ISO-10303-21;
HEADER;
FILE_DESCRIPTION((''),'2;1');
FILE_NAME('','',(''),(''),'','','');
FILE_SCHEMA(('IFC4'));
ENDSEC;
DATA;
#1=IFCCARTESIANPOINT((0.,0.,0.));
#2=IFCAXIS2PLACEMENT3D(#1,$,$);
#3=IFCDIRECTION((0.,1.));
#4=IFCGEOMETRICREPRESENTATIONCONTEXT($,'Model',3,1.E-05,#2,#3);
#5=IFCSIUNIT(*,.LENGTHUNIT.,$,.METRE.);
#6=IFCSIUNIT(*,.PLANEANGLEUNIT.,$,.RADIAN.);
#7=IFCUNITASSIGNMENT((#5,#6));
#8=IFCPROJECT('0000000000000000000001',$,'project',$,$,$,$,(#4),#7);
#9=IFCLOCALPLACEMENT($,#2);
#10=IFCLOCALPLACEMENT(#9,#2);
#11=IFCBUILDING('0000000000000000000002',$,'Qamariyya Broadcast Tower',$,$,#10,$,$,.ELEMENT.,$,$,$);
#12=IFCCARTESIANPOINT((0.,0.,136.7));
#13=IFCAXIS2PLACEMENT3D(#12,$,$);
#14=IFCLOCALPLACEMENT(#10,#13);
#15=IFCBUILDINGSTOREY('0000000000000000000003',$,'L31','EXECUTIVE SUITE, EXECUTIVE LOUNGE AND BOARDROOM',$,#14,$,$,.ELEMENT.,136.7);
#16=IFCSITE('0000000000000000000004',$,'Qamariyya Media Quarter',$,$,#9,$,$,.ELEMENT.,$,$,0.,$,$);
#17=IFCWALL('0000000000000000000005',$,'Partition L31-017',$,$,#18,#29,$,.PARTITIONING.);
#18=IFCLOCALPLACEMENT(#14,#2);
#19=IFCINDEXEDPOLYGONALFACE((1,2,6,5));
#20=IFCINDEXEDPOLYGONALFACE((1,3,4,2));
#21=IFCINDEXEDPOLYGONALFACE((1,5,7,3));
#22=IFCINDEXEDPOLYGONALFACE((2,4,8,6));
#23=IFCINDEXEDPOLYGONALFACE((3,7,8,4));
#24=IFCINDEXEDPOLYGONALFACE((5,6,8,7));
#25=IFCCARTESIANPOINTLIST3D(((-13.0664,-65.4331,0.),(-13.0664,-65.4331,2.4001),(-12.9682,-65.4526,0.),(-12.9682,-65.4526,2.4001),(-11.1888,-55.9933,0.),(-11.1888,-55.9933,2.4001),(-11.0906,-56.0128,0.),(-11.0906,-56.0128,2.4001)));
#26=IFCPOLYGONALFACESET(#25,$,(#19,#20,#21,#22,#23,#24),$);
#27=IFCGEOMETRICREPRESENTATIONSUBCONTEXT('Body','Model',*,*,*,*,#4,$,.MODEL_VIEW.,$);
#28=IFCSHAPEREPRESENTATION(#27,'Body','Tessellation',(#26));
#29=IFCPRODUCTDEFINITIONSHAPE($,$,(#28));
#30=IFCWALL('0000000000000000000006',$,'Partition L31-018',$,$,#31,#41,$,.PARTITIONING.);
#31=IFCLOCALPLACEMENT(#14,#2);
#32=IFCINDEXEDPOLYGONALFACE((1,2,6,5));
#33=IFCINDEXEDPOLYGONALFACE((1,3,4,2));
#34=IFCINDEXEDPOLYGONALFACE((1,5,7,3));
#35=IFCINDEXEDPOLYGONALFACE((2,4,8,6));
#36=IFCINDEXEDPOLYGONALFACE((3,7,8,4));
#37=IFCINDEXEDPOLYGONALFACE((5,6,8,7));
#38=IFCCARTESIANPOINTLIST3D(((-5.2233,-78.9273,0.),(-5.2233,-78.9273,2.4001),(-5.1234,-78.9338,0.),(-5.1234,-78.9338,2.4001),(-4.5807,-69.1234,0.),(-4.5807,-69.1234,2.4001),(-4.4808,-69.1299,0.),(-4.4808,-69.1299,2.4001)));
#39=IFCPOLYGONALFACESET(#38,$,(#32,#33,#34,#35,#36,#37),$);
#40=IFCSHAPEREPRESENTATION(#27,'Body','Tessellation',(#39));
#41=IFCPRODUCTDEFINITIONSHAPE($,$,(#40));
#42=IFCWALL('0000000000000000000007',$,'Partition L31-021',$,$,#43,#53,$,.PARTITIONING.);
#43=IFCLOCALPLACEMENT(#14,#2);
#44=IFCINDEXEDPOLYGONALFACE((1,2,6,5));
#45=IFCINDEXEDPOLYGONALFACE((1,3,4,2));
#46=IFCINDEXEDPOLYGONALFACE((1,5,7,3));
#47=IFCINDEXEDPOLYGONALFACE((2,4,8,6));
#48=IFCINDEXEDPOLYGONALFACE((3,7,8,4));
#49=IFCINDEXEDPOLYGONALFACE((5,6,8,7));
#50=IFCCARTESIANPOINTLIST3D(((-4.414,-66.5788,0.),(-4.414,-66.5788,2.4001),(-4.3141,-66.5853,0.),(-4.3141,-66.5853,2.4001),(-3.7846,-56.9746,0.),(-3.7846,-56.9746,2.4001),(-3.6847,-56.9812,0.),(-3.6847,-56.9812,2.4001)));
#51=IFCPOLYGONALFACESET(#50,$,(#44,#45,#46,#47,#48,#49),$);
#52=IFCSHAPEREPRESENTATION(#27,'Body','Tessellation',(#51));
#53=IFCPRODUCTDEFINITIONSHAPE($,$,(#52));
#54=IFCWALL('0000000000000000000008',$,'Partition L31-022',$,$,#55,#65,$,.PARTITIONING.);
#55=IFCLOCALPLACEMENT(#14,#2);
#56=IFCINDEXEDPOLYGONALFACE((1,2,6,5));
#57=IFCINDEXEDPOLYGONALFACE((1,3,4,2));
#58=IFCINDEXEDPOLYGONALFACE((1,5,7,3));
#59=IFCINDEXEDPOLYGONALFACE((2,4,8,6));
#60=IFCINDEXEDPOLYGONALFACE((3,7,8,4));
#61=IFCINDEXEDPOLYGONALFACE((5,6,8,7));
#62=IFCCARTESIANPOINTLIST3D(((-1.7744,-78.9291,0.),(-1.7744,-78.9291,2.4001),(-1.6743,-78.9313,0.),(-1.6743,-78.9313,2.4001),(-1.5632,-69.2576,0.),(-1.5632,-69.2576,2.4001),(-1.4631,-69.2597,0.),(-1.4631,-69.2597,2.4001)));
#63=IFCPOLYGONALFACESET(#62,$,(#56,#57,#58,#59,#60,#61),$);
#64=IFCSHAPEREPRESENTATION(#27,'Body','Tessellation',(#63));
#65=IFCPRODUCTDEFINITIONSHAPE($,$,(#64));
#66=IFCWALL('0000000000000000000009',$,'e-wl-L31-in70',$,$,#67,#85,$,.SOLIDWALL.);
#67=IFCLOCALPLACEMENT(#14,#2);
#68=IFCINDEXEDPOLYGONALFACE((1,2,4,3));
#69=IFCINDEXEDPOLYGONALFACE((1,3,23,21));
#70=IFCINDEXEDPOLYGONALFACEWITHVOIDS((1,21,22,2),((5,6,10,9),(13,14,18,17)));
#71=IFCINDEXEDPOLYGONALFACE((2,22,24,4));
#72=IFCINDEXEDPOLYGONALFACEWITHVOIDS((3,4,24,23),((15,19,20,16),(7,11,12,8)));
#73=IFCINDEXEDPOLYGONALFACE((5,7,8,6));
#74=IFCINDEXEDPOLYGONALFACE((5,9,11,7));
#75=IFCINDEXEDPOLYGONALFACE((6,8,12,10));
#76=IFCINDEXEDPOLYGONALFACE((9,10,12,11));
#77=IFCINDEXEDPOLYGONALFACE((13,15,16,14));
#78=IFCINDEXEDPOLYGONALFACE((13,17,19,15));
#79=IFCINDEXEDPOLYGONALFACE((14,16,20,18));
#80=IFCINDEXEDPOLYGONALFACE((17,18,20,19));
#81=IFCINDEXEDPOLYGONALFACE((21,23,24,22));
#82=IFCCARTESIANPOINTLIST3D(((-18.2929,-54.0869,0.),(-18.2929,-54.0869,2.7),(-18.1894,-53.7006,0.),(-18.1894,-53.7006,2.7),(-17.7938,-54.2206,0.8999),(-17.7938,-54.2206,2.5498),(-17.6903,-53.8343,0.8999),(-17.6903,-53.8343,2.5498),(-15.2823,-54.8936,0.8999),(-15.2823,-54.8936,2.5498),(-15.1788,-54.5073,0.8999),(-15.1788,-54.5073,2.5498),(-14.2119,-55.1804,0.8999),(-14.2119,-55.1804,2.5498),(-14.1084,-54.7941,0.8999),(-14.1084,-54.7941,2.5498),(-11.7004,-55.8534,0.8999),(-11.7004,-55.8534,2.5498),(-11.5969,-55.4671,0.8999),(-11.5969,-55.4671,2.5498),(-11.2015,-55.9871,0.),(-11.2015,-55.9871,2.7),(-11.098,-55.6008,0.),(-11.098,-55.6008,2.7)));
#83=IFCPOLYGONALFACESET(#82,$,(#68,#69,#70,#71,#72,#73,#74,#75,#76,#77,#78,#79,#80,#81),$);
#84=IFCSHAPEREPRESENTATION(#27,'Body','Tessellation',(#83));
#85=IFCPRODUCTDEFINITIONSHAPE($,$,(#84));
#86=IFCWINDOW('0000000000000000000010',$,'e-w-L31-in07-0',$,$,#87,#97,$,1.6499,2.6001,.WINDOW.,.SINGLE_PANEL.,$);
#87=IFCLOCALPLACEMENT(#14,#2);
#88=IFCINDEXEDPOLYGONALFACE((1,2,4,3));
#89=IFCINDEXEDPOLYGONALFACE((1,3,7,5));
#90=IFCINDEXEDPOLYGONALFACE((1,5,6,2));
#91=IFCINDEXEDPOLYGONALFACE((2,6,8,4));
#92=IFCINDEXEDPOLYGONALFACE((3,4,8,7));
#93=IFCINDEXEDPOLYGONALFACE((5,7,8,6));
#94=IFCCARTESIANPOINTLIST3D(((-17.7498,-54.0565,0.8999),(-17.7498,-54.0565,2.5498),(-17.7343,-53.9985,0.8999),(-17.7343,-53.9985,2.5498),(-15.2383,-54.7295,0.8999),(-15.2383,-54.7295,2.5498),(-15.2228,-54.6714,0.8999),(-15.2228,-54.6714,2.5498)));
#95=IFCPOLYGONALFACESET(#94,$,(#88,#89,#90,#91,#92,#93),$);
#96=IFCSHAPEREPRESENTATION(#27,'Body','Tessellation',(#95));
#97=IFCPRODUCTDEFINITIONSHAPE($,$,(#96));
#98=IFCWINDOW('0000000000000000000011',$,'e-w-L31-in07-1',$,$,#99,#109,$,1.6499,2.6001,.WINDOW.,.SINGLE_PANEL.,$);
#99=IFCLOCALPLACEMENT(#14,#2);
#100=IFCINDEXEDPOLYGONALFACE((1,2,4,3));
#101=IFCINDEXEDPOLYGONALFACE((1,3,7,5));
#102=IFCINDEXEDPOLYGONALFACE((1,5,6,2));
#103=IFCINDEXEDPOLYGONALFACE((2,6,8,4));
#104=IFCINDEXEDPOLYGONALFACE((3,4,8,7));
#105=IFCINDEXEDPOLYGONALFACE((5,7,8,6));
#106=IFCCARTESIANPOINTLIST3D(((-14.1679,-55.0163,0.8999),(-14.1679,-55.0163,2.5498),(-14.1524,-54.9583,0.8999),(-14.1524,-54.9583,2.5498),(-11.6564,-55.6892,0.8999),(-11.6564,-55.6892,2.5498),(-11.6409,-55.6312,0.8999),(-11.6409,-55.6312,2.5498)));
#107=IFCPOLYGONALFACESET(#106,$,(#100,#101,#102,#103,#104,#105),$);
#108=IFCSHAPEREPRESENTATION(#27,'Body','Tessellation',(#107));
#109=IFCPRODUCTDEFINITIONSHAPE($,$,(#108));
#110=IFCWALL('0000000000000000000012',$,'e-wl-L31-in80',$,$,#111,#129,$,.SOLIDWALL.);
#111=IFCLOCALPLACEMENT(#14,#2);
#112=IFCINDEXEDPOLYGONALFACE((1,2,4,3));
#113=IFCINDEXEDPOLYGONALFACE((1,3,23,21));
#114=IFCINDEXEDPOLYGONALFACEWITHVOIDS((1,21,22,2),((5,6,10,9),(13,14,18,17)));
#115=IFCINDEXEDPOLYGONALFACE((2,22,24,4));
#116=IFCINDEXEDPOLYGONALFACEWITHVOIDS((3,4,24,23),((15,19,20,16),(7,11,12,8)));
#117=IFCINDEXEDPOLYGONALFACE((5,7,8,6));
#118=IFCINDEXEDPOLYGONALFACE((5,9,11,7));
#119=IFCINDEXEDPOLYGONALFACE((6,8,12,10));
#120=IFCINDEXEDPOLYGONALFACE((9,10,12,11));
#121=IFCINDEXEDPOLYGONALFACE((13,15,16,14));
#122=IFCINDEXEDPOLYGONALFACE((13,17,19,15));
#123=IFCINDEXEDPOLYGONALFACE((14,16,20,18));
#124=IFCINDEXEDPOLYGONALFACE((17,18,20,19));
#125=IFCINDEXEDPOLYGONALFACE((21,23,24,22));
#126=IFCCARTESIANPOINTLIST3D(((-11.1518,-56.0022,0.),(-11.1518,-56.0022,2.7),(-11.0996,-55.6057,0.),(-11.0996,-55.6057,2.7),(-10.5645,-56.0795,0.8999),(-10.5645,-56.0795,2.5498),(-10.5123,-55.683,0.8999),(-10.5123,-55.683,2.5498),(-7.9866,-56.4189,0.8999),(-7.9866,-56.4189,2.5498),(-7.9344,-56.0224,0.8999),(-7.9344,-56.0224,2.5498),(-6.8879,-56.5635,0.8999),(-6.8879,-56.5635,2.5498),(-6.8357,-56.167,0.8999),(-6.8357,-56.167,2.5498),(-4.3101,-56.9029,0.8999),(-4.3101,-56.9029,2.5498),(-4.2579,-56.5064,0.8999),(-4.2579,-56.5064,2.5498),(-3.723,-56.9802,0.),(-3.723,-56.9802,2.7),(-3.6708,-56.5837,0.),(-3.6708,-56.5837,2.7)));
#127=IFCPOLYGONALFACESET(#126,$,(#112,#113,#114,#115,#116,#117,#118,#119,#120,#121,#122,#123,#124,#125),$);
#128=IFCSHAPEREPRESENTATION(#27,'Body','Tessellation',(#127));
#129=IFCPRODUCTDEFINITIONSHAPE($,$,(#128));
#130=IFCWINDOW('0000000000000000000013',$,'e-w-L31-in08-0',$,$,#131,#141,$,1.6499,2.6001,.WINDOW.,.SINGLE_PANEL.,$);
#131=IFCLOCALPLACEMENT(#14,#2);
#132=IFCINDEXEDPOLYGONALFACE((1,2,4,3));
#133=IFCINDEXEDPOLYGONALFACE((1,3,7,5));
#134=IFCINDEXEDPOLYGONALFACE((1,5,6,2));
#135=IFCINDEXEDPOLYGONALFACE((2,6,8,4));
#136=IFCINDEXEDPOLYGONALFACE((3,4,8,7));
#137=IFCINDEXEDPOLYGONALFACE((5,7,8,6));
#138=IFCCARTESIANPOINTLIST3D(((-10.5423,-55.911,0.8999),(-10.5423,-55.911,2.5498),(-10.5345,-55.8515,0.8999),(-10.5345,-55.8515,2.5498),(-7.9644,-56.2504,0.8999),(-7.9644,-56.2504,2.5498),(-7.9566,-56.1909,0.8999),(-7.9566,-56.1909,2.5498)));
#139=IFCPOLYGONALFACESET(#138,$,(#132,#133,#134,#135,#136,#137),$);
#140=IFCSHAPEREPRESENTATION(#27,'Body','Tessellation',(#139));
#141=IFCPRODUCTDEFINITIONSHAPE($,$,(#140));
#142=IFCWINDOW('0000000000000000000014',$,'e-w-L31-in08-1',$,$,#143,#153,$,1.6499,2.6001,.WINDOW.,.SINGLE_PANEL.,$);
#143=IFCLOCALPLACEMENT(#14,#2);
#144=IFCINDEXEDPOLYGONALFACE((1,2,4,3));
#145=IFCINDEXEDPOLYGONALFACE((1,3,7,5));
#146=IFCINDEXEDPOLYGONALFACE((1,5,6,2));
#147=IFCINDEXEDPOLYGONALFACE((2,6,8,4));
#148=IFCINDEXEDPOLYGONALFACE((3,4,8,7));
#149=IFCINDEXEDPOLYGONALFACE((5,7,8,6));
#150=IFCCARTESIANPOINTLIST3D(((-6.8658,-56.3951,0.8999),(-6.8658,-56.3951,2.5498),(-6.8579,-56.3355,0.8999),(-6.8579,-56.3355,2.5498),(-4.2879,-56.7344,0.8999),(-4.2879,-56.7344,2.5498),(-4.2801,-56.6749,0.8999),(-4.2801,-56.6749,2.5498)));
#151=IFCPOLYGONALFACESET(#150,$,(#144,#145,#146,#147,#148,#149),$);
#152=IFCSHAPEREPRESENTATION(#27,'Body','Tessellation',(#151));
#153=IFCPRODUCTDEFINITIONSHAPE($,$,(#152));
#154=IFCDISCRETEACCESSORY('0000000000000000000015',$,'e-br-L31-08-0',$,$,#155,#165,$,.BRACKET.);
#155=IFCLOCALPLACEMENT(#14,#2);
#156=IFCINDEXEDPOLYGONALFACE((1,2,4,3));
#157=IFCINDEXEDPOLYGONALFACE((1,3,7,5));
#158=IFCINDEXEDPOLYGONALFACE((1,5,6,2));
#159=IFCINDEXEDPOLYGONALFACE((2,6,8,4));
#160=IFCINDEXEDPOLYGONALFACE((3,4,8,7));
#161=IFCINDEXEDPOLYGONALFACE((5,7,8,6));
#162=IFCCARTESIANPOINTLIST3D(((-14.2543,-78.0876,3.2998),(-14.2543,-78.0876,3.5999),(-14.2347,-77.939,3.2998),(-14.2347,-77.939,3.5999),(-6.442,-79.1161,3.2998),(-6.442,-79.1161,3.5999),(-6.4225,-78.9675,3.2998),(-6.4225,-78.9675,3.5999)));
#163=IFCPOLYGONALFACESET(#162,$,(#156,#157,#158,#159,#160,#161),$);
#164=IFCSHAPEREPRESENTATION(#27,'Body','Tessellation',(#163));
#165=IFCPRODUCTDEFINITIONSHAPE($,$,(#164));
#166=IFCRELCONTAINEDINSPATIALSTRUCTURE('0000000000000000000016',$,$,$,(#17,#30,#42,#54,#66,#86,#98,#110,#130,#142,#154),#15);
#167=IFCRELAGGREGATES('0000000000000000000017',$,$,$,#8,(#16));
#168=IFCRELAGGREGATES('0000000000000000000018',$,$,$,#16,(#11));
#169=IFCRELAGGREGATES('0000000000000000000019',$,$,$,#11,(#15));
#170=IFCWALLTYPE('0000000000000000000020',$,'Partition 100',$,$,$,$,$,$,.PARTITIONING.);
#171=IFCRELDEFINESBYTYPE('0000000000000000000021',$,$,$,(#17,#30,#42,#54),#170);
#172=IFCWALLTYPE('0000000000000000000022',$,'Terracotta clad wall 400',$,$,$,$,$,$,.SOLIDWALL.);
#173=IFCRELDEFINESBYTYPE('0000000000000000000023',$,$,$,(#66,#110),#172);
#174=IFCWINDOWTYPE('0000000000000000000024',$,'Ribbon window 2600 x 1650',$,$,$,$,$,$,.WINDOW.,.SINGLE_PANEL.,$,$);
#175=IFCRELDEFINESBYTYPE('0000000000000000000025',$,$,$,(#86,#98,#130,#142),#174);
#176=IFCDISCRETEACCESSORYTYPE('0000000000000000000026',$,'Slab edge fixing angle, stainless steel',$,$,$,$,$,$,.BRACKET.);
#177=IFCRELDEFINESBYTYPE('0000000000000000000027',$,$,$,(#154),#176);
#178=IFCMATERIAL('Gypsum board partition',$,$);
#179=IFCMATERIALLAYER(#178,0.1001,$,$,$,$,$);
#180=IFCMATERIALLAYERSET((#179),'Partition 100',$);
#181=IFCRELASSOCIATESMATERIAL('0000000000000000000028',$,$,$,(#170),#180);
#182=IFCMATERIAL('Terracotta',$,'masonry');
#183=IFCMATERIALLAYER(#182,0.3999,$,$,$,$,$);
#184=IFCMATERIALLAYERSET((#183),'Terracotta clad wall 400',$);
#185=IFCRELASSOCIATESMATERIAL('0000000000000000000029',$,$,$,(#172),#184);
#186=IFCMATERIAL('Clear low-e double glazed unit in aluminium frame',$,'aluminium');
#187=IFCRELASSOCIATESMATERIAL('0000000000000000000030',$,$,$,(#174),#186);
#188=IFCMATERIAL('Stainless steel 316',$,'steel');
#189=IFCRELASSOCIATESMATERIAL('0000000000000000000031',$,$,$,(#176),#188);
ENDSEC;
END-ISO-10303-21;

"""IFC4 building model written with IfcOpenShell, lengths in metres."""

from ifc_helpers import new_model, si_unit, direction, frame, frame_2d, origin, origin_2d, place, context, subcontext, project, spatial, rectangle, extrude, material, layer, layer_set, type_object, element, fill, save


model = new_model("IFC4")

# Units and contexts
model_context = context("Model", 3, precision=1e-05, world=origin(), true_north=direction((0.0, 1.0)))
body_context = subcontext(model_context, "Body", "Model", "MODEL_VIEW")
ifc_project = project(units=[si_unit("LENGTHUNIT", "METRE"), si_unit("PLANEANGLEUNIT", "RADIAN")], contexts=[model_context])

# Site, building, storey
site_placement = place(None, origin())
site = spatial("IfcSite", under=ifc_project, at=site_placement, Name="Qamariyya Media Quarter", CompositionType="ELEMENT", RefElevation=0.0)
building_placement = place(site_placement, origin())
building = spatial("IfcBuilding", under=site, at=building_placement, Name="Qamariyya Broadcast Tower", CompositionType="ELEMENT")
storey_placement = place(building_placement, frame((0.0, 0.0, 136.7)))
storey = spatial("IfcBuildingStorey", under=building, at=storey_placement, Name="L31", Description="EXECUTIVE SUITE, EXECUTIVE LOUNGE AND BOARDROOM", CompositionType="ELEMENT", Elevation=136.7)

# Shared definitions
ifc_material_1 = material(Name="Gypsum board partition")

# Walls
ifc_layer_1 = layer(ifc_material_1, 0.1001)
ifc_layer_set_1 = layer_set([ifc_layer_1], Name="Partition 100")
wall_type_1 = type_object("IfcWallType", Name="Partition 100", PredefinedType="PARTITIONING", material=ifc_layer_set_1)
wall_1_placement = place(storey_placement, frame((-11.1396, -56.0029, 0.0), z_axis=(0.0, 0.0, 1.0), x_axis=(-0.195087, -0.980786, 0.0)))
element("IfcWall", 1, at=wall_1_placement, inside=storey, type_object=wall_type_1, Name="Partition L31-017", PredefinedType="PARTITIONING", context=body_context, shape_type="SweptSolid", body=[
    extrude(rectangle(XDim=9.6248, YDim=0.1001, at=frame_2d((4.8125, 0.0))), origin(), (0.0, 0.0, 1.0), 2.4001),
])
wall_2_placement = place(storey_placement, frame((-5.1733, -78.9307, 0.0), z_axis=(0.0, 0.0, 1.0), x_axis=(0.065402, 0.997859, 0.0)))
element("IfcWall", 2, at=wall_2_placement, inside=storey, type_object=wall_type_1, Name="Partition L31-018", PredefinedType="PARTITIONING", context=body_context, shape_type="SweptSolid", body=[
    extrude(rectangle(XDim=9.825, YDim=0.1001, at=frame_2d((4.9126, 0.0))), origin(), (0.0, 0.0, 1.0), 2.4001),
])
wall_3_placement = place(storey_placement, frame((-3.7346, -56.9778, 0.0), z_axis=(0.0, 0.0, 1.0), x_axis=(-0.065393, -0.99786, 0.0)))
element("IfcWall", 3, at=wall_3_placement, inside=storey, type_object=wall_type_1, Name="Partition L31-021", PredefinedType="PARTITIONING", context=body_context, shape_type="SweptSolid", body=[
    extrude(rectangle(XDim=9.6248, YDim=0.1001, at=frame_2d((4.8125, 0.0))), origin(), (0.0, 0.0, 1.0), 2.4001),
])
wall_4_placement = place(storey_placement, frame((-1.7244, -78.9302, 0.0), z_axis=(0.0, 0.0, 1.0), x_axis=(0.02183, 0.999762, 0.0)))
element("IfcWall", 4, at=wall_4_placement, inside=storey, type_object=wall_type_1, Name="Partition L31-022", PredefinedType="PARTITIONING", context=body_context, shape_type="SweptSolid", body=[
    extrude(rectangle(XDim=9.6738, YDim=0.1001, at=frame_2d((4.8369, 0.0))), origin(), (0.0, 0.0, 1.0), 2.4001),
])

# Walls, openings, windows
ifc_material_2 = material(Name="Terracotta", Category="masonry")
ifc_layer_2 = layer(ifc_material_2, 0.3999)
ifc_layer_set_2 = layer_set([ifc_layer_2], Name="Terracotta clad wall 400")
wall_type_2 = type_object("IfcWallType", Name="Terracotta clad wall 400", PredefinedType="SOLIDWALL", material=ifc_layer_set_2)
wall_5_placement = place(storey_placement, frame((-11.1497, -55.7939, 0.0), z_axis=(0.0, 0.0, 1.0), x_axis=(-0.965925, 0.258824, 0.0)))
wall_5 = element("IfcWall", 5, at=wall_5_placement, inside=storey, type_object=wall_type_2, Name="e-wl-L31-in70", PredefinedType="SOLIDWALL", context=body_context, shape_type="SweptSolid", body=[
    extrude(rectangle(XDim=7.3416, YDim=0.3999, at=frame_2d((3.6709, 0.0))), origin(), (0.0, 0.0, 1.0), 2.7),
])
opening_1_placement = place(wall_5_placement, frame((4.2249, 0.0, 0.8999)))
opening_1 = element("IfcOpeningElement", 6, at=opening_1_placement, cuts=wall_5, PredefinedType="OPENING", context=body_context, shape_type="SweptSolid", body=[
    extrude(rectangle(XDim=2.6001, YDim=1.6499, at=frame_2d((1.3, 0.825))), frame((0.0, 0.21, 0.0), z_axis=(0.0, -1.0, 0.0), x_axis=(1.0, 0.0, 0.0)), (0.0, 0.0, 1.0), 0.4199),
])
opening_2_placement = place(wall_5_placement, frame((0.5166, 0.0, 0.8999)))
opening_2 = element("IfcOpeningElement", 7, at=opening_2_placement, cuts=wall_5, PredefinedType="OPENING", context=body_context, shape_type="SweptSolid", body=[
    extrude(rectangle(XDim=2.6001, YDim=1.6499, at=frame_2d((1.3, 0.825))), frame((0.0, 0.21, 0.0), z_axis=(0.0, -1.0, 0.0), x_axis=(1.0, 0.0, 0.0)), (0.0, 0.0, 1.0), 0.4199),
])
ifc_material_3 = material(Name="Clear low-e double glazed unit in aluminium frame", Category="aluminium")
window_type = type_object("IfcWindowType", Name="Ribbon window 2600 x 1650", PartitioningType="SINGLE_PANEL", PredefinedType="WINDOW", material=ifc_material_3)
window_1_placement = place(opening_1_placement, origin())
window_1 = element("IfcWindow", 8, at=window_1_placement, inside=storey, type_object=window_type, Name="e-w-L31-in07-0", OverallHeight=1.6499, OverallWidth=2.6001, PartitioningType="SINGLE_PANEL", PredefinedType="WINDOW", context=body_context, shape_type="SweptSolid", body=[
    extrude(rectangle(XDim=2.6001, YDim=1.6499, at=frame_2d((1.3, 0.825))), frame((0.0, 0.03, 0.0), z_axis=(0.0, -1.0, 0.0), x_axis=(1.0, 0.0, 0.0)), (0.0, 0.0, 1.0), 0.0601),
])
fill(opening_1, window_1)
window_2_placement = place(opening_2_placement, origin())
window_2 = element("IfcWindow", 9, at=window_2_placement, inside=storey, type_object=window_type, Name="e-w-L31-in07-1", OverallHeight=1.6499, OverallWidth=2.6001, PartitioningType="SINGLE_PANEL", PredefinedType="WINDOW", context=body_context, shape_type="SweptSolid", body=[
    extrude(rectangle(XDim=2.6001, YDim=1.6499, at=frame_2d((1.3, 0.825))), frame((0.0, 0.03, 0.0), z_axis=(0.0, -1.0, 0.0), x_axis=(1.0, 0.0, 0.0)), (0.0, 0.0, 1.0), 0.0601),
])
fill(opening_2, window_2)
wall_6_placement = place(storey_placement, frame((-3.6968, -56.782, 0.0), z_axis=(0.0, 0.0, 1.0), x_axis=(-0.991445, 0.130529, 0.0)))
wall_6 = element("IfcWall", 10, at=wall_6_placement, inside=storey, type_object=wall_type_2, Name="e-wl-L31-in80", PredefinedType="SOLIDWALL", context=body_context, shape_type="SweptSolid", body=[
    extrude(rectangle(XDim=7.4929, YDim=0.3999, at=frame_2d((3.7466, 0.0))), origin(), (0.0, 0.0, 1.0), 2.7),
])
opening_3_placement = place(wall_6_placement, frame((4.3005, 0.0, 0.8999)))
opening_3 = element("IfcOpeningElement", 11, at=opening_3_placement, cuts=wall_6, PredefinedType="OPENING", context=body_context, shape_type="SweptSolid", body=[
    extrude(rectangle(XDim=2.6001, YDim=1.6499, at=frame_2d((1.3, 0.825))), frame((0.0, 0.21, 0.0), z_axis=(0.0, -1.0, 0.0), x_axis=(1.0, 0.0, 0.0)), (0.0, 0.0, 1.0), 0.4199),
])
opening_4_placement = place(wall_6_placement, frame((0.5923, 0.0, 0.8999)))
opening_4 = element("IfcOpeningElement", 12, at=opening_4_placement, cuts=wall_6, PredefinedType="OPENING", context=body_context, shape_type="SweptSolid", body=[
    extrude(rectangle(XDim=2.6001, YDim=1.6499, at=frame_2d((1.3, 0.825))), frame((0.0, 0.21, 0.0), z_axis=(0.0, -1.0, 0.0), x_axis=(1.0, 0.0, 0.0)), (0.0, 0.0, 1.0), 0.4199),
])
window_3_placement = place(opening_3_placement, origin())
window_3 = element("IfcWindow", 13, at=window_3_placement, inside=storey, type_object=window_type, Name="e-w-L31-in08-0", OverallHeight=1.6499, OverallWidth=2.6001, PartitioningType="SINGLE_PANEL", PredefinedType="WINDOW", context=body_context, shape_type="SweptSolid", body=[
    extrude(rectangle(XDim=2.6001, YDim=1.6499, at=frame_2d((1.3, 0.825))), frame((0.0, 0.03, 0.0), z_axis=(0.0, -1.0, 0.0), x_axis=(1.0, 0.0, 0.0)), (0.0, 0.0, 1.0), 0.0601),
])
fill(opening_3, window_3)
window_4_placement = place(opening_4_placement, origin())
window_4 = element("IfcWindow", 14, at=window_4_placement, inside=storey, type_object=window_type, Name="e-w-L31-in08-1", OverallHeight=1.6499, OverallWidth=2.6001, PartitioningType="SINGLE_PANEL", PredefinedType="WINDOW", context=body_context, shape_type="SweptSolid", body=[
    extrude(rectangle(XDim=2.6001, YDim=1.6499, at=frame_2d((1.3, 0.825))), frame((0.0, 0.03, 0.0), z_axis=(0.0, -1.0, 0.0), x_axis=(1.0, 0.0, 0.0)), (0.0, 0.0, 1.0), 0.0601),
])
fill(opening_4, window_4)

# Discrete accessory
ifc_material_4 = material(Name="Stainless steel 316", Category="steel")
discrete_accessory_type = type_object("IfcDiscreteAccessoryType", Name="Slab edge fixing angle, stainless steel", PredefinedType="BRACKET", material=ifc_material_4)
discrete_accessory_placement = place(storey_placement, frame((-10.3384, -78.5276, 3.2998), z_axis=(0.0, 0.0, 1.0), x_axis=(0.991445, -0.130526, 0.0)))
element("IfcDiscreteAccessory", 15, at=discrete_accessory_placement, inside=storey, type_object=discrete_accessory_type, Name="e-br-L31-08-0", PredefinedType="BRACKET", context=body_context, shape_type="SweptSolid", body=[
    extrude(rectangle(XDim=7.8796, YDim=0.1499, at=origin_2d()), origin(), (0.0, 0.0, 1.0), 0.3),
])

save(model, "model.ifc")
